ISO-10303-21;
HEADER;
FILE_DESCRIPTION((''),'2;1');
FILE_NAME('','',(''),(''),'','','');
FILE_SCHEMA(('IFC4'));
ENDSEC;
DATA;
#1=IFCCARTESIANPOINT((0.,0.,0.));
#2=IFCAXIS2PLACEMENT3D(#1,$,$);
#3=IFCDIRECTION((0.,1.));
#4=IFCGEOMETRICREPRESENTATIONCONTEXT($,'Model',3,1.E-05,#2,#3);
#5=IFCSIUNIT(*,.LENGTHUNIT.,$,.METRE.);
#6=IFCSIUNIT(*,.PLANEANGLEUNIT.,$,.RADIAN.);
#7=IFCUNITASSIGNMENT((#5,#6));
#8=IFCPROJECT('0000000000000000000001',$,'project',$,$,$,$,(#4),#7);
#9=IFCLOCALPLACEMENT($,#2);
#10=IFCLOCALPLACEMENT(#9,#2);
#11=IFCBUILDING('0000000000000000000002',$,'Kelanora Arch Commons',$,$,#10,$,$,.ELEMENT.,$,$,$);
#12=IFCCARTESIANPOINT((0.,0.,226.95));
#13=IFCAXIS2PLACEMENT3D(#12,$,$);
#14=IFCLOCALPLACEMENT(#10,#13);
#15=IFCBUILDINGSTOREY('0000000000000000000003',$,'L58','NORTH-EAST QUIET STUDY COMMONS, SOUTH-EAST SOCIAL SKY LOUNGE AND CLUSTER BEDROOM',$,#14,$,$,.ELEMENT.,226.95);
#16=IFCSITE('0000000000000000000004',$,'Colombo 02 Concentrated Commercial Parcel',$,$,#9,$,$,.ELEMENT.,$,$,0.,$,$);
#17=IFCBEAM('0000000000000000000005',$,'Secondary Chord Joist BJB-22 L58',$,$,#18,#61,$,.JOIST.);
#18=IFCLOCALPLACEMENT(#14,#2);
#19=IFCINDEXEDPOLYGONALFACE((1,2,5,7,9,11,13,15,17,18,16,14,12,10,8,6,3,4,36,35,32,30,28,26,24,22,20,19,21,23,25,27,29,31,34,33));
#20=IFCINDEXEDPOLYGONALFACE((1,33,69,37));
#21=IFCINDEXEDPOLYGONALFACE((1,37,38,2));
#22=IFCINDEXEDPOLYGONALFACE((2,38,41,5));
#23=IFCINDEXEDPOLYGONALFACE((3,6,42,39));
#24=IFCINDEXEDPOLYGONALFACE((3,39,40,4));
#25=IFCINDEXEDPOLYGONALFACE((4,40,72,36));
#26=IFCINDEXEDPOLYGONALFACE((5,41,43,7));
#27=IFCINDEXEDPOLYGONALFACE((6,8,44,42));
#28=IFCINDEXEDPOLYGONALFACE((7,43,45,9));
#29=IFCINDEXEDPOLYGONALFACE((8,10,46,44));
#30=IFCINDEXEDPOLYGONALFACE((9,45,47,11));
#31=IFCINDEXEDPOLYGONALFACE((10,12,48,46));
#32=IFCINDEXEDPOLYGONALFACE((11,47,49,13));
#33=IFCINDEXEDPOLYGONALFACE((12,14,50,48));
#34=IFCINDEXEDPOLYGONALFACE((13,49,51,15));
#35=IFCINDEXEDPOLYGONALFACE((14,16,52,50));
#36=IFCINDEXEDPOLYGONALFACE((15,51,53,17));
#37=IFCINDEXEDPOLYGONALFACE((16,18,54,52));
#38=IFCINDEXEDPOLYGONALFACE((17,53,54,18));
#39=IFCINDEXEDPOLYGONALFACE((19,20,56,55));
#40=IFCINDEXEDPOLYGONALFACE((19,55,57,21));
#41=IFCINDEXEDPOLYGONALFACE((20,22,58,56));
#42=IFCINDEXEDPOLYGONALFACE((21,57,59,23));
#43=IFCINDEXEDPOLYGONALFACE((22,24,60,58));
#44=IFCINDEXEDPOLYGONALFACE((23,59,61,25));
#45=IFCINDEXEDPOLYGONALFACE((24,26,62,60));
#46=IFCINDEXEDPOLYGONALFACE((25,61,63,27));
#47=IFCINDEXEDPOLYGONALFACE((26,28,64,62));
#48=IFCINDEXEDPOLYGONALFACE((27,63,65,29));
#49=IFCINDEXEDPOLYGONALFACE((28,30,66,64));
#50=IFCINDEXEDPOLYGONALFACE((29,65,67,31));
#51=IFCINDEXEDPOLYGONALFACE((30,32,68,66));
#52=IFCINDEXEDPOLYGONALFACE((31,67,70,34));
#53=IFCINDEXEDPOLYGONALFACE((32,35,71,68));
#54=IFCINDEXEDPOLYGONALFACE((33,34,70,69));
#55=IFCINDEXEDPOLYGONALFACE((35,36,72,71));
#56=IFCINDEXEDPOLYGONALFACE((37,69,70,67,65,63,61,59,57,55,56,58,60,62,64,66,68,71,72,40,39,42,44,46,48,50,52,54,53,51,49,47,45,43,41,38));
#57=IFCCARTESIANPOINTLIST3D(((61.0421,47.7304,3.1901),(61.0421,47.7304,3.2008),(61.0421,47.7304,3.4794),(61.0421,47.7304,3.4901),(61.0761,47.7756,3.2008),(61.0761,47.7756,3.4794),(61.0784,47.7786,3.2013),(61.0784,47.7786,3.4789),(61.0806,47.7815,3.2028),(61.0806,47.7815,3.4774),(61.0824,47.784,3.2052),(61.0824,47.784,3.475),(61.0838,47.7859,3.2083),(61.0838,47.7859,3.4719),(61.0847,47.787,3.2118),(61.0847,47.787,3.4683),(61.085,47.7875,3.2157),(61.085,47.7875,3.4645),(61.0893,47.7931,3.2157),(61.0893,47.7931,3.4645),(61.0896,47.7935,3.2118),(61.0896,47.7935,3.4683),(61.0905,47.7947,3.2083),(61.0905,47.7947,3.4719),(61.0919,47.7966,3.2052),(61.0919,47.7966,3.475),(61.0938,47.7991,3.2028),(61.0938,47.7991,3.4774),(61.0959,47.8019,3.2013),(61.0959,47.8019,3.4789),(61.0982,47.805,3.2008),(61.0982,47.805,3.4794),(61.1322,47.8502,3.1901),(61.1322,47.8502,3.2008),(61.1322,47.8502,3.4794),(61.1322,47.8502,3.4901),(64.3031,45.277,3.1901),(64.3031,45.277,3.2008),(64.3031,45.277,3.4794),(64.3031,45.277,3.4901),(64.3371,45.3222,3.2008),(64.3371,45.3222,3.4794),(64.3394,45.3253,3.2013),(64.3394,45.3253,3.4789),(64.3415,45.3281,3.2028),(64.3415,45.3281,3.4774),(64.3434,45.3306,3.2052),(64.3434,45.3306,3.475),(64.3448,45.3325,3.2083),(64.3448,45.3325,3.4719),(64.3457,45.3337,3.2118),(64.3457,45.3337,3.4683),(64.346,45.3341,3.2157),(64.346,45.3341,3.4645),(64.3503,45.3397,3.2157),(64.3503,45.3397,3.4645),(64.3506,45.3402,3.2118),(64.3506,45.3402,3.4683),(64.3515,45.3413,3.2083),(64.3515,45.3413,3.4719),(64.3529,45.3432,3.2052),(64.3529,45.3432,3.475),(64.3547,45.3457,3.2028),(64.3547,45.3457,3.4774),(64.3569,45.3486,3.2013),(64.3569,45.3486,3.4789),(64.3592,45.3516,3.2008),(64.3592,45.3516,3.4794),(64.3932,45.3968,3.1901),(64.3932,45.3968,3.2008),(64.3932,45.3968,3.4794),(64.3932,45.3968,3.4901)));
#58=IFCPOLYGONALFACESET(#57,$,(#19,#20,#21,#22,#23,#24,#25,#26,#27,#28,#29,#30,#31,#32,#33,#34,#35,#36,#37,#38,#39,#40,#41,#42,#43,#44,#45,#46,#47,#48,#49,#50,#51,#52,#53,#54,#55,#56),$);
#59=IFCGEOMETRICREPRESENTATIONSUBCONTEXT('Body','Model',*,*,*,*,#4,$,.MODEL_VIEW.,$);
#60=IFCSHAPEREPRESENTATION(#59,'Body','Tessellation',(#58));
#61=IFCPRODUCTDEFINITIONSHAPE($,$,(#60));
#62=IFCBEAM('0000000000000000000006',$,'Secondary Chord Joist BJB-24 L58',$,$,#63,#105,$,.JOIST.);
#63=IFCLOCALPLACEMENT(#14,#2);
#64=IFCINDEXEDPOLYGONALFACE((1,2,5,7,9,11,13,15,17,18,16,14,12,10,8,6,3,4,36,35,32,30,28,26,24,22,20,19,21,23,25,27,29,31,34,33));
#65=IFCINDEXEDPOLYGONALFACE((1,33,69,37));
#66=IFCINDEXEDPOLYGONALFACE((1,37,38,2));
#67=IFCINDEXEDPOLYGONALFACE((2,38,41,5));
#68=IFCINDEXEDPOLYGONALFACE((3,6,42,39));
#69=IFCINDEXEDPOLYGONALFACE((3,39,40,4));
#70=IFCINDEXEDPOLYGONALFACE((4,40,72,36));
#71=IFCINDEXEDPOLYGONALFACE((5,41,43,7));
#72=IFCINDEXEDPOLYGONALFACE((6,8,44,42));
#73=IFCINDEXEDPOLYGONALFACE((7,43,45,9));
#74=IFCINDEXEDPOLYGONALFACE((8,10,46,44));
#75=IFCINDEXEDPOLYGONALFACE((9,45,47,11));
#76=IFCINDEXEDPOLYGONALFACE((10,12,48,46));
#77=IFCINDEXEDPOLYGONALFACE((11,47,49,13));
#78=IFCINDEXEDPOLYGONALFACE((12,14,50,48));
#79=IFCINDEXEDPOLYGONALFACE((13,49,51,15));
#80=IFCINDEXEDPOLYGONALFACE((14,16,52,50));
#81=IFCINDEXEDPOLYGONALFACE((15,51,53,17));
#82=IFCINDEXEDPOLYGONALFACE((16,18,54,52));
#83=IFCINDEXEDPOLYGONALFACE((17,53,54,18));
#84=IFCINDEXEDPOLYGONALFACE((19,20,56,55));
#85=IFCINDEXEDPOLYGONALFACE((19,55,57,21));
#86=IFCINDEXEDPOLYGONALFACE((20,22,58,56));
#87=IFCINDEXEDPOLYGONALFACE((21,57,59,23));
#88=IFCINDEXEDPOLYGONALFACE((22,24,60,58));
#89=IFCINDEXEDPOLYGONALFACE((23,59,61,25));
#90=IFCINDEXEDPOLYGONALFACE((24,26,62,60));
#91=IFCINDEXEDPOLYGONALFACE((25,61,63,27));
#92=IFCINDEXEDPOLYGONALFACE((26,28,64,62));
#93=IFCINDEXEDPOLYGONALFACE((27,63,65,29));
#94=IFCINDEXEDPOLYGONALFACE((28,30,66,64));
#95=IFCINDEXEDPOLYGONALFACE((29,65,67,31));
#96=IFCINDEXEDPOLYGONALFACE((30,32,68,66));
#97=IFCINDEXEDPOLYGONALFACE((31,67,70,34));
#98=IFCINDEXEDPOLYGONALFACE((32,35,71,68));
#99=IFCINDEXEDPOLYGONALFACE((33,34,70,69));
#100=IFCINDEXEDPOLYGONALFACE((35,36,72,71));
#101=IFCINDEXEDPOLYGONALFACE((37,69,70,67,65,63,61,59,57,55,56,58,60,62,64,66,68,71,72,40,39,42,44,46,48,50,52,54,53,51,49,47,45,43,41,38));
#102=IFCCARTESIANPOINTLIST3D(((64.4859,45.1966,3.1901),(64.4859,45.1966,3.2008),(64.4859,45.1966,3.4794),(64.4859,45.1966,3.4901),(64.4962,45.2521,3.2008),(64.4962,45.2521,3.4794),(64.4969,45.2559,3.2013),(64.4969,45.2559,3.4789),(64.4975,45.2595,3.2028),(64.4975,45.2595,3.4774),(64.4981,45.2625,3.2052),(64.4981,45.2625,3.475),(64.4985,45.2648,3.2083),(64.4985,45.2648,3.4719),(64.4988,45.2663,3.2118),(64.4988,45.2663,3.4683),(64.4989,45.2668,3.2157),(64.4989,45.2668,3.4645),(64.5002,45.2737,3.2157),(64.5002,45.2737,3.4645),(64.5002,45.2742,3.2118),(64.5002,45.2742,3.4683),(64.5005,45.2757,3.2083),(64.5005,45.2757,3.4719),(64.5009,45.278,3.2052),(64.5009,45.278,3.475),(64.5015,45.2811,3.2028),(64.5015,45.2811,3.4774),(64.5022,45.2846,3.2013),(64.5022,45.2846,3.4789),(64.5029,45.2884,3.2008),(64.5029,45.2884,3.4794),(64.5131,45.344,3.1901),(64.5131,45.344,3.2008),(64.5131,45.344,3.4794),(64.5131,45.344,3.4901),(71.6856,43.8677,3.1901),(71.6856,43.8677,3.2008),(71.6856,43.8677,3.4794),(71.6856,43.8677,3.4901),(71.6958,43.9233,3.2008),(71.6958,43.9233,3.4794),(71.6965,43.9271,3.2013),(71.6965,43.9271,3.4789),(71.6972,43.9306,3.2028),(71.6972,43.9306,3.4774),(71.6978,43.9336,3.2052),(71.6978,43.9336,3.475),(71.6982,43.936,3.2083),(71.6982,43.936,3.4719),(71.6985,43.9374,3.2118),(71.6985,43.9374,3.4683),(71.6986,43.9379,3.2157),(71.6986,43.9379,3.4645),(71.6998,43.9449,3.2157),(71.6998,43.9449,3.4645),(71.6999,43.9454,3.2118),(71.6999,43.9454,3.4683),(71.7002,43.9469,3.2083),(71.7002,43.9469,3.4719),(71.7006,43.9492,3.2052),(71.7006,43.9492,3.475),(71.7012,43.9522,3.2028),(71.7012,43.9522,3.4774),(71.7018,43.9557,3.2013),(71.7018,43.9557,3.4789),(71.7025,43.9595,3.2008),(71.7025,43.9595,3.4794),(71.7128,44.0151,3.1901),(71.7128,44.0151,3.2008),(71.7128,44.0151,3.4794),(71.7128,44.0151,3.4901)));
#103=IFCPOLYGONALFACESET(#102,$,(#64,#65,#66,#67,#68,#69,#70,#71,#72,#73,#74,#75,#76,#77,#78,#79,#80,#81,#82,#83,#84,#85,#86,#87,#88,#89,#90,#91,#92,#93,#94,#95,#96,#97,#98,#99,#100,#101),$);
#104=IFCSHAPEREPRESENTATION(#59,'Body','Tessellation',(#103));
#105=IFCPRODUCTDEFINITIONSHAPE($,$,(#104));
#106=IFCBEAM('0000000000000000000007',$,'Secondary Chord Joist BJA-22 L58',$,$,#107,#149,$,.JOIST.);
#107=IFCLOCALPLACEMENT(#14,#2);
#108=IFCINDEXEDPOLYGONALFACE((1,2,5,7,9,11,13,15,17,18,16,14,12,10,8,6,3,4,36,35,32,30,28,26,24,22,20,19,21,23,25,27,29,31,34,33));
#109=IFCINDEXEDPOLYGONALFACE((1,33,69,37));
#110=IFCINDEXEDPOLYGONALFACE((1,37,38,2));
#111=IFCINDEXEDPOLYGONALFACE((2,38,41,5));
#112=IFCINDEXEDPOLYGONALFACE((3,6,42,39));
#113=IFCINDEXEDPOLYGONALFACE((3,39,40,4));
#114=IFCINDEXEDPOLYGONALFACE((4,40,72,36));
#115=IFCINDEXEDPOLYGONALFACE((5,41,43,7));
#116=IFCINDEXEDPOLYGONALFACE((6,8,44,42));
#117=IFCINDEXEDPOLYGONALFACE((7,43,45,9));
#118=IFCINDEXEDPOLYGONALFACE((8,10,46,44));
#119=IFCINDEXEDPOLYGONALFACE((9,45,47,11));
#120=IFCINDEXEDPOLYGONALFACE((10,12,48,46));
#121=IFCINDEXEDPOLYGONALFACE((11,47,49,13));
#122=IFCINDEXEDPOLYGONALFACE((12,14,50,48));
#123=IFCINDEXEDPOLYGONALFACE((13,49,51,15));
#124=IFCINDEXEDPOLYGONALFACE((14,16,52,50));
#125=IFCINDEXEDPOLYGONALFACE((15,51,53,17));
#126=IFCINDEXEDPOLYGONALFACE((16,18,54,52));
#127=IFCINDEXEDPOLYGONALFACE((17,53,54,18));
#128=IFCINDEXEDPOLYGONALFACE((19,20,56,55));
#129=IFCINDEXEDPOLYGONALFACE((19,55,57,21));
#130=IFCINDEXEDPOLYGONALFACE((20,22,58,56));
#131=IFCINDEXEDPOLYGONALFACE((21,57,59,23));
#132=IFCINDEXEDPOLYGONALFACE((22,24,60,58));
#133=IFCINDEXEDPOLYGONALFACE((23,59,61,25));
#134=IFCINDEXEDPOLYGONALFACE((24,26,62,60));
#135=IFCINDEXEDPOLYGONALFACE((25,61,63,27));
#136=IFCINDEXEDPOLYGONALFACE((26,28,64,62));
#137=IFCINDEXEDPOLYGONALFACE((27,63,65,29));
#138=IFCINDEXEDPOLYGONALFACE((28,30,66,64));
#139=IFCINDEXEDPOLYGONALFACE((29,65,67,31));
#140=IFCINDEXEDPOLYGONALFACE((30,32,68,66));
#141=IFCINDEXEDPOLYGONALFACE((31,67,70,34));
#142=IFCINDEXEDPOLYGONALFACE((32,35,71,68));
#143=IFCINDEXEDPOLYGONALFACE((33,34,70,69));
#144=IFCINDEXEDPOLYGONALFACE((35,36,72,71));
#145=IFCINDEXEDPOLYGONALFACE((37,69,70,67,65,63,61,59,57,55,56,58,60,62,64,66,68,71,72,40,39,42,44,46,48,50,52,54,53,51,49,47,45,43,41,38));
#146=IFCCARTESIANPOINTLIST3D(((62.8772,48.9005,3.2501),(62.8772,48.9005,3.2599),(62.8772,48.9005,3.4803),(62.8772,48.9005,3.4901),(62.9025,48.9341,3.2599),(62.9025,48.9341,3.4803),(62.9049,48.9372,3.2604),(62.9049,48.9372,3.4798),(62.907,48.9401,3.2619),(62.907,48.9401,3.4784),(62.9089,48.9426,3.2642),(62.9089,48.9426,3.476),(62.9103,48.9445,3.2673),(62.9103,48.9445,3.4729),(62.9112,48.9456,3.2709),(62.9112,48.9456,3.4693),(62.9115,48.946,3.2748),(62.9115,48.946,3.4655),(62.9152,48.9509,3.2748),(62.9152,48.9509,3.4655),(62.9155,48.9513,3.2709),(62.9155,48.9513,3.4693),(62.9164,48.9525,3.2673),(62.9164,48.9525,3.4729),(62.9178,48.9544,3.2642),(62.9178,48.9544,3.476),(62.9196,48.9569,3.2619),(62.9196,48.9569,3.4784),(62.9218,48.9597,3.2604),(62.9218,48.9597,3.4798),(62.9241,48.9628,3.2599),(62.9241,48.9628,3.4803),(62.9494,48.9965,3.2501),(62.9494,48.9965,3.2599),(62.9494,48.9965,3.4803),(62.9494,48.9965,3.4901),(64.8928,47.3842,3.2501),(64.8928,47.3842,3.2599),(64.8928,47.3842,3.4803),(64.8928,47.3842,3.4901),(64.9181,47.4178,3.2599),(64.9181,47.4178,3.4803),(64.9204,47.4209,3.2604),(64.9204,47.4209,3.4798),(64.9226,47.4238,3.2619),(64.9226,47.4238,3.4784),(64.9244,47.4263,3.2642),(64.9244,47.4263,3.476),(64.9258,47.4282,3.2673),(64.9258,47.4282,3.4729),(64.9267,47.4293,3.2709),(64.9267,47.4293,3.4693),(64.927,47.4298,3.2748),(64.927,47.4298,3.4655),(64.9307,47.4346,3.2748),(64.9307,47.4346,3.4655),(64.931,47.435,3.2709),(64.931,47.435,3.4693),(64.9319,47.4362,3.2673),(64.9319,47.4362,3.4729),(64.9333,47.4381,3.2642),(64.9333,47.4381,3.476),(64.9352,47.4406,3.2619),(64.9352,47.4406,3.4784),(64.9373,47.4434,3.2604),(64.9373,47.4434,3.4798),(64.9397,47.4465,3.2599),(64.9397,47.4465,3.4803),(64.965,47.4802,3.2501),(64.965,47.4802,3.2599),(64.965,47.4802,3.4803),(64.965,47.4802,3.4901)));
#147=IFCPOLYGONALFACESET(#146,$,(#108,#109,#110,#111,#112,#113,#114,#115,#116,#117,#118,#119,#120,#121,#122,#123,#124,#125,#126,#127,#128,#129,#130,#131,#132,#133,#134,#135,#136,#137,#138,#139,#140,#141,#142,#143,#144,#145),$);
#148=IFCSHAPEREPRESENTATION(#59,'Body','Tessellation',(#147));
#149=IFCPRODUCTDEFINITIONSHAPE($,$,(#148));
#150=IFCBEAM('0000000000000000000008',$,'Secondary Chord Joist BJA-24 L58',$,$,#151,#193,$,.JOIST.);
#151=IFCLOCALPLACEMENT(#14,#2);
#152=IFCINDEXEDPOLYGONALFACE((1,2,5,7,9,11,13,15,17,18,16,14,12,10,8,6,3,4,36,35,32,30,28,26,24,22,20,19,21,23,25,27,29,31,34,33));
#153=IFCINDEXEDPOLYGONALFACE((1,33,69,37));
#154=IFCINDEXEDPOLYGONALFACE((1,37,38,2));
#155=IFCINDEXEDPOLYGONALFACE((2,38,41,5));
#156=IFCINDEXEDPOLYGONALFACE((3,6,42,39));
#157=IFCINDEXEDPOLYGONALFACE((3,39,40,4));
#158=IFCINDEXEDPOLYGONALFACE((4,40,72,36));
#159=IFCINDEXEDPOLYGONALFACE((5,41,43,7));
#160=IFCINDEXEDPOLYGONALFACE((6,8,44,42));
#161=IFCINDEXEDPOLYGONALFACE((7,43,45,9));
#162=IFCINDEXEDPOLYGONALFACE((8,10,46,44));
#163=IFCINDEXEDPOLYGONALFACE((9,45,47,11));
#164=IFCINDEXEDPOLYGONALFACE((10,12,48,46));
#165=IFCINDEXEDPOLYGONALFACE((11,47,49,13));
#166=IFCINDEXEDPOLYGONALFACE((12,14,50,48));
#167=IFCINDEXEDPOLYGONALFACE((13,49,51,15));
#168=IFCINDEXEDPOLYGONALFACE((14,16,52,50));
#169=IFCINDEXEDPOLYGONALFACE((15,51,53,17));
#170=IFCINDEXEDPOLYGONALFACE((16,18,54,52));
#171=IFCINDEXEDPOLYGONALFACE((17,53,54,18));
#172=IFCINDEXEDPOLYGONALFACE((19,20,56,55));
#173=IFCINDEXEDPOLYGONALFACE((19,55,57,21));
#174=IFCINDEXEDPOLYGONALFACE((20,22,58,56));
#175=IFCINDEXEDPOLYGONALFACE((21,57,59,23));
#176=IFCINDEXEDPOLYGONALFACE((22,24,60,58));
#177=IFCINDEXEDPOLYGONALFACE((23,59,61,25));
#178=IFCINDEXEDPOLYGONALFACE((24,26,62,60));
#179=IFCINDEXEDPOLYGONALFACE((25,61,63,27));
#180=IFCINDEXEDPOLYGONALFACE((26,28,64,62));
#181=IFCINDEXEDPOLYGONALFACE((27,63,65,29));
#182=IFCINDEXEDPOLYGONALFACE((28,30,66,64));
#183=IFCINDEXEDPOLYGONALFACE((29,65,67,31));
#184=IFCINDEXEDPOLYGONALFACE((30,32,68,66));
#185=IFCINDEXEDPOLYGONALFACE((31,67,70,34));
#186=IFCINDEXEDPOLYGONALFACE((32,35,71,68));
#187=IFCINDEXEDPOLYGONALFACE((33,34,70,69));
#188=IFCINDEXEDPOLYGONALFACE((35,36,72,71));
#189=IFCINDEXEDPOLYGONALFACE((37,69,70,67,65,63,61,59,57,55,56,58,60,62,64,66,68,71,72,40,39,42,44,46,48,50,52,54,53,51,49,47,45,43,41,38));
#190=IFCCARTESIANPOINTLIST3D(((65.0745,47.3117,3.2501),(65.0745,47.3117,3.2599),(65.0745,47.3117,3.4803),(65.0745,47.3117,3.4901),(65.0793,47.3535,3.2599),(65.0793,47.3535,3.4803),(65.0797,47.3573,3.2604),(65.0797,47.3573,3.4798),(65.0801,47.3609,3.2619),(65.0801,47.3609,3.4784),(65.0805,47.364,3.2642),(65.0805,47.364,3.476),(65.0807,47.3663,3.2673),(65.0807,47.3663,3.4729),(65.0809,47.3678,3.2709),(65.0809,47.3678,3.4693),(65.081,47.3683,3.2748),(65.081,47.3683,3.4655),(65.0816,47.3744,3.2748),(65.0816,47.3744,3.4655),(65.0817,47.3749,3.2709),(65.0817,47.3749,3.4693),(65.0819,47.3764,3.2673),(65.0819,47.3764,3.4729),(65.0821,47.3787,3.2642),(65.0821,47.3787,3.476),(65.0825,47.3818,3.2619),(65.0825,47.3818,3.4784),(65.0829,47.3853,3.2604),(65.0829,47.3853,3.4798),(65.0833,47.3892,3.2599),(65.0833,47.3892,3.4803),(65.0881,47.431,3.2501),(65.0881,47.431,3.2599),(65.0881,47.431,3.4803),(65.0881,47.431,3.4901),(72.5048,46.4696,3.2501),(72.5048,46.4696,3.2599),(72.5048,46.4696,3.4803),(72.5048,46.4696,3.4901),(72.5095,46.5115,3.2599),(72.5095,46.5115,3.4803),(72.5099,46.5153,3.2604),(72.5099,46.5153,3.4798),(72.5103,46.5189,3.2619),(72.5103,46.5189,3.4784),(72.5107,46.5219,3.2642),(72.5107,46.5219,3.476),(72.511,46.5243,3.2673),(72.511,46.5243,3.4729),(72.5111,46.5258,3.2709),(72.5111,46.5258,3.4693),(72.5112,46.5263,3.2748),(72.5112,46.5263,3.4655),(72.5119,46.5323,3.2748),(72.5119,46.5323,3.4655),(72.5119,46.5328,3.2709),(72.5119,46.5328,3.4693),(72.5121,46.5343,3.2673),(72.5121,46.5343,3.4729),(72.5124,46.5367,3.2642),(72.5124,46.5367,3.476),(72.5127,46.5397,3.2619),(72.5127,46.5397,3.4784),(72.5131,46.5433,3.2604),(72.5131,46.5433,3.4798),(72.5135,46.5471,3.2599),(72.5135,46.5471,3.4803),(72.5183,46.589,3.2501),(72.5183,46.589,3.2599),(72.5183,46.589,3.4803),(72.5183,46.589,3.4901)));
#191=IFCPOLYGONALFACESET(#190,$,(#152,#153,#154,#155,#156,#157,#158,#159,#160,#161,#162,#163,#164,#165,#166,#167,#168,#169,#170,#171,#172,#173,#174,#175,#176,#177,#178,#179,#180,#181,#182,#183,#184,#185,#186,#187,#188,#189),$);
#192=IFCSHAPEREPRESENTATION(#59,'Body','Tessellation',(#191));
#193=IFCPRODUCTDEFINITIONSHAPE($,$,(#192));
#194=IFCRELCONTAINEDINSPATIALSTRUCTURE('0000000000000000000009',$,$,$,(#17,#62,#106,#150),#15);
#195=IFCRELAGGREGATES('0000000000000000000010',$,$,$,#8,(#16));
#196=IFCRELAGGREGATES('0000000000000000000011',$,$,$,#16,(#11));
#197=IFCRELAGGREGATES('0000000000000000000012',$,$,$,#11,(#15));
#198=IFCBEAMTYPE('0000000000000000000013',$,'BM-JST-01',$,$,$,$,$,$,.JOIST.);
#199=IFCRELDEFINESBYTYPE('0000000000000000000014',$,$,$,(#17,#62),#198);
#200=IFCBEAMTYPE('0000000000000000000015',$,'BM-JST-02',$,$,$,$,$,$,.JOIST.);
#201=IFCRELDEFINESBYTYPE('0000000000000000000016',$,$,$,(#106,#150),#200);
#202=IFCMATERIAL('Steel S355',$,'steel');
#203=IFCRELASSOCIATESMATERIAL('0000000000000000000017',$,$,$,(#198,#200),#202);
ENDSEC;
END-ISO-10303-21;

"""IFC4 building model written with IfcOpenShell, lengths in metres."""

from ifc_helpers import new_model, si_unit, direction, frame, origin, origin_2d, place, context, subcontext, project, spatial, i_section, extrude, material, material_profile, profile_set, type_object, element, save


model = new_model("IFC4")

# Units and contexts
model_context = context("Model", 3, precision=1e-05, world=origin(), true_north=direction((0.0, 1.0)))
body_context = subcontext(model_context, "Body", "Model", "MODEL_VIEW")
ifc_project = project(units=[si_unit("LENGTHUNIT", "METRE"), si_unit("PLANEANGLEUNIT", "RADIAN")], contexts=[model_context])

# Site, building, storey
site_placement = place(None, origin())
site = spatial("IfcSite", under=ifc_project, at=site_placement, Name="Colombo 02 Concentrated Commercial Parcel", CompositionType="ELEMENT", RefElevation=0.0)
building_placement = place(site_placement, origin())
building = spatial("IfcBuilding", under=site, at=building_placement, Name="Kelanora Arch Commons", CompositionType="ELEMENT")
storey_placement = place(building_placement, frame((0.0, 0.0, 226.95)))
storey = spatial("IfcBuildingStorey", under=building, at=storey_placement, Name="L58", Description="NORTH-EAST QUIET STUDY COMMONS, SOUTH-EAST SOCIAL SKY LOUNGE AND CLUSTER BEDROOM", CompositionType="ELEMENT", Elevation=226.95)

# Beams
ifc_material_1 = material(Name="Steel S355", Category="steel")
ifc_material_profile_1 = material_profile(ifc_material_1, i_section(OverallWidth=0.1499, OverallDepth=0.3, WebThickness=0.0071, FlangeThickness=0.0107, FilletRadius=0.0149, at=origin_2d()), Name="IPE300")
ifc_profile_set_1 = profile_set([ifc_material_profile_1], Name="Steel S355")
beam_type_1 = type_object("IfcBeamType", Name="BM-JST-01", PredefinedType="JOIST", material=ifc_profile_set_1)
beam_1_placement = place(storey_placement, frame((61.0872, 47.7903, 3.3401), z_axis=(0.799102, -0.601196, 0.0), x_axis=(0.601196, 0.799102, 0.0)))
element("IfcBeam", 1, at=beam_1_placement, inside=storey, type_object=beam_type_1, Name="Secondary Chord Joist BJB-22 L58", PredefinedType="JOIST", context=body_context, shape_type="SweptSolid", body=[
    extrude(i_section(OverallWidth=0.1499, OverallDepth=0.3, WebThickness=0.0071, FlangeThickness=0.0107, FilletRadius=0.0149, at=origin_2d()), origin(), (0.0, 0.0, 1.0), 4.0808),
])
beam_2_placement = place(storey_placement, frame((64.4995, 45.2703, 3.3401), z_axis=(0.98339, -0.181505, 0.0), x_axis=(0.181505, 0.98339, 0.0)))
element("IfcBeam", 2, at=beam_2_placement, inside=storey, type_object=beam_type_1, Name="Secondary Chord Joist BJB-24 L58", PredefinedType="JOIST", context=body_context, shape_type="SweptSolid", body=[
    extrude(i_section(OverallWidth=0.1499, OverallDepth=0.3, WebThickness=0.0071, FlangeThickness=0.0107, FilletRadius=0.0149, at=origin_2d()), origin(), (0.0, 0.0, 1.0), 7.3213),
])
ifc_material_profile_2 = material_profile(ifc_material_1, i_section(OverallWidth=0.1201, OverallDepth=0.24, WebThickness=0.0061, FlangeThickness=0.0098, FilletRadius=0.0149, at=origin_2d()), Name="IPE240")
ifc_profile_set_2 = profile_set([ifc_material_profile_2], Name="Steel S355")
beam_type_2 = type_object("IfcBeamType", Name="BM-JST-02", PredefinedType="JOIST", material=ifc_profile_set_2)
beam_3_placement = place(storey_placement, frame((62.9133, 48.9485, 3.3701), z_axis=(0.799116, -0.601176, 0.0), x_axis=(0.601176, 0.799116, 0.0)))
element("IfcBeam", 3, at=beam_3_placement, inside=storey, type_object=beam_type_2, Name="Secondary Chord Joist BJA-22 L58", PredefinedType="JOIST", context=body_context, shape_type="SweptSolid", body=[
    extrude(i_section(OverallWidth=0.1201, OverallDepth=0.24, WebThickness=0.0061, FlangeThickness=0.0098, FilletRadius=0.0149, at=origin_2d()), origin(), (0.0, 0.0, 1.0), 2.5222),
])
beam_4_placement = place(storey_placement, frame((65.0813, 47.3713, 3.3701), z_axis=(0.99364, -0.112606, 0.0), x_axis=(0.112606, 0.99364, 0.0)))
element("IfcBeam", 4, at=beam_4_placement, inside=storey, type_object=beam_type_2, Name="Secondary Chord Joist BJA-24 L58", PredefinedType="JOIST", context=body_context, shape_type="SweptSolid", body=[
    extrude(i_section(OverallWidth=0.1201, OverallDepth=0.24, WebThickness=0.0061, FlangeThickness=0.0098, FilletRadius=0.0149, at=origin_2d()), origin(), (0.0, 0.0, 1.0), 7.4778),
])

save(model, "model.ifc")
